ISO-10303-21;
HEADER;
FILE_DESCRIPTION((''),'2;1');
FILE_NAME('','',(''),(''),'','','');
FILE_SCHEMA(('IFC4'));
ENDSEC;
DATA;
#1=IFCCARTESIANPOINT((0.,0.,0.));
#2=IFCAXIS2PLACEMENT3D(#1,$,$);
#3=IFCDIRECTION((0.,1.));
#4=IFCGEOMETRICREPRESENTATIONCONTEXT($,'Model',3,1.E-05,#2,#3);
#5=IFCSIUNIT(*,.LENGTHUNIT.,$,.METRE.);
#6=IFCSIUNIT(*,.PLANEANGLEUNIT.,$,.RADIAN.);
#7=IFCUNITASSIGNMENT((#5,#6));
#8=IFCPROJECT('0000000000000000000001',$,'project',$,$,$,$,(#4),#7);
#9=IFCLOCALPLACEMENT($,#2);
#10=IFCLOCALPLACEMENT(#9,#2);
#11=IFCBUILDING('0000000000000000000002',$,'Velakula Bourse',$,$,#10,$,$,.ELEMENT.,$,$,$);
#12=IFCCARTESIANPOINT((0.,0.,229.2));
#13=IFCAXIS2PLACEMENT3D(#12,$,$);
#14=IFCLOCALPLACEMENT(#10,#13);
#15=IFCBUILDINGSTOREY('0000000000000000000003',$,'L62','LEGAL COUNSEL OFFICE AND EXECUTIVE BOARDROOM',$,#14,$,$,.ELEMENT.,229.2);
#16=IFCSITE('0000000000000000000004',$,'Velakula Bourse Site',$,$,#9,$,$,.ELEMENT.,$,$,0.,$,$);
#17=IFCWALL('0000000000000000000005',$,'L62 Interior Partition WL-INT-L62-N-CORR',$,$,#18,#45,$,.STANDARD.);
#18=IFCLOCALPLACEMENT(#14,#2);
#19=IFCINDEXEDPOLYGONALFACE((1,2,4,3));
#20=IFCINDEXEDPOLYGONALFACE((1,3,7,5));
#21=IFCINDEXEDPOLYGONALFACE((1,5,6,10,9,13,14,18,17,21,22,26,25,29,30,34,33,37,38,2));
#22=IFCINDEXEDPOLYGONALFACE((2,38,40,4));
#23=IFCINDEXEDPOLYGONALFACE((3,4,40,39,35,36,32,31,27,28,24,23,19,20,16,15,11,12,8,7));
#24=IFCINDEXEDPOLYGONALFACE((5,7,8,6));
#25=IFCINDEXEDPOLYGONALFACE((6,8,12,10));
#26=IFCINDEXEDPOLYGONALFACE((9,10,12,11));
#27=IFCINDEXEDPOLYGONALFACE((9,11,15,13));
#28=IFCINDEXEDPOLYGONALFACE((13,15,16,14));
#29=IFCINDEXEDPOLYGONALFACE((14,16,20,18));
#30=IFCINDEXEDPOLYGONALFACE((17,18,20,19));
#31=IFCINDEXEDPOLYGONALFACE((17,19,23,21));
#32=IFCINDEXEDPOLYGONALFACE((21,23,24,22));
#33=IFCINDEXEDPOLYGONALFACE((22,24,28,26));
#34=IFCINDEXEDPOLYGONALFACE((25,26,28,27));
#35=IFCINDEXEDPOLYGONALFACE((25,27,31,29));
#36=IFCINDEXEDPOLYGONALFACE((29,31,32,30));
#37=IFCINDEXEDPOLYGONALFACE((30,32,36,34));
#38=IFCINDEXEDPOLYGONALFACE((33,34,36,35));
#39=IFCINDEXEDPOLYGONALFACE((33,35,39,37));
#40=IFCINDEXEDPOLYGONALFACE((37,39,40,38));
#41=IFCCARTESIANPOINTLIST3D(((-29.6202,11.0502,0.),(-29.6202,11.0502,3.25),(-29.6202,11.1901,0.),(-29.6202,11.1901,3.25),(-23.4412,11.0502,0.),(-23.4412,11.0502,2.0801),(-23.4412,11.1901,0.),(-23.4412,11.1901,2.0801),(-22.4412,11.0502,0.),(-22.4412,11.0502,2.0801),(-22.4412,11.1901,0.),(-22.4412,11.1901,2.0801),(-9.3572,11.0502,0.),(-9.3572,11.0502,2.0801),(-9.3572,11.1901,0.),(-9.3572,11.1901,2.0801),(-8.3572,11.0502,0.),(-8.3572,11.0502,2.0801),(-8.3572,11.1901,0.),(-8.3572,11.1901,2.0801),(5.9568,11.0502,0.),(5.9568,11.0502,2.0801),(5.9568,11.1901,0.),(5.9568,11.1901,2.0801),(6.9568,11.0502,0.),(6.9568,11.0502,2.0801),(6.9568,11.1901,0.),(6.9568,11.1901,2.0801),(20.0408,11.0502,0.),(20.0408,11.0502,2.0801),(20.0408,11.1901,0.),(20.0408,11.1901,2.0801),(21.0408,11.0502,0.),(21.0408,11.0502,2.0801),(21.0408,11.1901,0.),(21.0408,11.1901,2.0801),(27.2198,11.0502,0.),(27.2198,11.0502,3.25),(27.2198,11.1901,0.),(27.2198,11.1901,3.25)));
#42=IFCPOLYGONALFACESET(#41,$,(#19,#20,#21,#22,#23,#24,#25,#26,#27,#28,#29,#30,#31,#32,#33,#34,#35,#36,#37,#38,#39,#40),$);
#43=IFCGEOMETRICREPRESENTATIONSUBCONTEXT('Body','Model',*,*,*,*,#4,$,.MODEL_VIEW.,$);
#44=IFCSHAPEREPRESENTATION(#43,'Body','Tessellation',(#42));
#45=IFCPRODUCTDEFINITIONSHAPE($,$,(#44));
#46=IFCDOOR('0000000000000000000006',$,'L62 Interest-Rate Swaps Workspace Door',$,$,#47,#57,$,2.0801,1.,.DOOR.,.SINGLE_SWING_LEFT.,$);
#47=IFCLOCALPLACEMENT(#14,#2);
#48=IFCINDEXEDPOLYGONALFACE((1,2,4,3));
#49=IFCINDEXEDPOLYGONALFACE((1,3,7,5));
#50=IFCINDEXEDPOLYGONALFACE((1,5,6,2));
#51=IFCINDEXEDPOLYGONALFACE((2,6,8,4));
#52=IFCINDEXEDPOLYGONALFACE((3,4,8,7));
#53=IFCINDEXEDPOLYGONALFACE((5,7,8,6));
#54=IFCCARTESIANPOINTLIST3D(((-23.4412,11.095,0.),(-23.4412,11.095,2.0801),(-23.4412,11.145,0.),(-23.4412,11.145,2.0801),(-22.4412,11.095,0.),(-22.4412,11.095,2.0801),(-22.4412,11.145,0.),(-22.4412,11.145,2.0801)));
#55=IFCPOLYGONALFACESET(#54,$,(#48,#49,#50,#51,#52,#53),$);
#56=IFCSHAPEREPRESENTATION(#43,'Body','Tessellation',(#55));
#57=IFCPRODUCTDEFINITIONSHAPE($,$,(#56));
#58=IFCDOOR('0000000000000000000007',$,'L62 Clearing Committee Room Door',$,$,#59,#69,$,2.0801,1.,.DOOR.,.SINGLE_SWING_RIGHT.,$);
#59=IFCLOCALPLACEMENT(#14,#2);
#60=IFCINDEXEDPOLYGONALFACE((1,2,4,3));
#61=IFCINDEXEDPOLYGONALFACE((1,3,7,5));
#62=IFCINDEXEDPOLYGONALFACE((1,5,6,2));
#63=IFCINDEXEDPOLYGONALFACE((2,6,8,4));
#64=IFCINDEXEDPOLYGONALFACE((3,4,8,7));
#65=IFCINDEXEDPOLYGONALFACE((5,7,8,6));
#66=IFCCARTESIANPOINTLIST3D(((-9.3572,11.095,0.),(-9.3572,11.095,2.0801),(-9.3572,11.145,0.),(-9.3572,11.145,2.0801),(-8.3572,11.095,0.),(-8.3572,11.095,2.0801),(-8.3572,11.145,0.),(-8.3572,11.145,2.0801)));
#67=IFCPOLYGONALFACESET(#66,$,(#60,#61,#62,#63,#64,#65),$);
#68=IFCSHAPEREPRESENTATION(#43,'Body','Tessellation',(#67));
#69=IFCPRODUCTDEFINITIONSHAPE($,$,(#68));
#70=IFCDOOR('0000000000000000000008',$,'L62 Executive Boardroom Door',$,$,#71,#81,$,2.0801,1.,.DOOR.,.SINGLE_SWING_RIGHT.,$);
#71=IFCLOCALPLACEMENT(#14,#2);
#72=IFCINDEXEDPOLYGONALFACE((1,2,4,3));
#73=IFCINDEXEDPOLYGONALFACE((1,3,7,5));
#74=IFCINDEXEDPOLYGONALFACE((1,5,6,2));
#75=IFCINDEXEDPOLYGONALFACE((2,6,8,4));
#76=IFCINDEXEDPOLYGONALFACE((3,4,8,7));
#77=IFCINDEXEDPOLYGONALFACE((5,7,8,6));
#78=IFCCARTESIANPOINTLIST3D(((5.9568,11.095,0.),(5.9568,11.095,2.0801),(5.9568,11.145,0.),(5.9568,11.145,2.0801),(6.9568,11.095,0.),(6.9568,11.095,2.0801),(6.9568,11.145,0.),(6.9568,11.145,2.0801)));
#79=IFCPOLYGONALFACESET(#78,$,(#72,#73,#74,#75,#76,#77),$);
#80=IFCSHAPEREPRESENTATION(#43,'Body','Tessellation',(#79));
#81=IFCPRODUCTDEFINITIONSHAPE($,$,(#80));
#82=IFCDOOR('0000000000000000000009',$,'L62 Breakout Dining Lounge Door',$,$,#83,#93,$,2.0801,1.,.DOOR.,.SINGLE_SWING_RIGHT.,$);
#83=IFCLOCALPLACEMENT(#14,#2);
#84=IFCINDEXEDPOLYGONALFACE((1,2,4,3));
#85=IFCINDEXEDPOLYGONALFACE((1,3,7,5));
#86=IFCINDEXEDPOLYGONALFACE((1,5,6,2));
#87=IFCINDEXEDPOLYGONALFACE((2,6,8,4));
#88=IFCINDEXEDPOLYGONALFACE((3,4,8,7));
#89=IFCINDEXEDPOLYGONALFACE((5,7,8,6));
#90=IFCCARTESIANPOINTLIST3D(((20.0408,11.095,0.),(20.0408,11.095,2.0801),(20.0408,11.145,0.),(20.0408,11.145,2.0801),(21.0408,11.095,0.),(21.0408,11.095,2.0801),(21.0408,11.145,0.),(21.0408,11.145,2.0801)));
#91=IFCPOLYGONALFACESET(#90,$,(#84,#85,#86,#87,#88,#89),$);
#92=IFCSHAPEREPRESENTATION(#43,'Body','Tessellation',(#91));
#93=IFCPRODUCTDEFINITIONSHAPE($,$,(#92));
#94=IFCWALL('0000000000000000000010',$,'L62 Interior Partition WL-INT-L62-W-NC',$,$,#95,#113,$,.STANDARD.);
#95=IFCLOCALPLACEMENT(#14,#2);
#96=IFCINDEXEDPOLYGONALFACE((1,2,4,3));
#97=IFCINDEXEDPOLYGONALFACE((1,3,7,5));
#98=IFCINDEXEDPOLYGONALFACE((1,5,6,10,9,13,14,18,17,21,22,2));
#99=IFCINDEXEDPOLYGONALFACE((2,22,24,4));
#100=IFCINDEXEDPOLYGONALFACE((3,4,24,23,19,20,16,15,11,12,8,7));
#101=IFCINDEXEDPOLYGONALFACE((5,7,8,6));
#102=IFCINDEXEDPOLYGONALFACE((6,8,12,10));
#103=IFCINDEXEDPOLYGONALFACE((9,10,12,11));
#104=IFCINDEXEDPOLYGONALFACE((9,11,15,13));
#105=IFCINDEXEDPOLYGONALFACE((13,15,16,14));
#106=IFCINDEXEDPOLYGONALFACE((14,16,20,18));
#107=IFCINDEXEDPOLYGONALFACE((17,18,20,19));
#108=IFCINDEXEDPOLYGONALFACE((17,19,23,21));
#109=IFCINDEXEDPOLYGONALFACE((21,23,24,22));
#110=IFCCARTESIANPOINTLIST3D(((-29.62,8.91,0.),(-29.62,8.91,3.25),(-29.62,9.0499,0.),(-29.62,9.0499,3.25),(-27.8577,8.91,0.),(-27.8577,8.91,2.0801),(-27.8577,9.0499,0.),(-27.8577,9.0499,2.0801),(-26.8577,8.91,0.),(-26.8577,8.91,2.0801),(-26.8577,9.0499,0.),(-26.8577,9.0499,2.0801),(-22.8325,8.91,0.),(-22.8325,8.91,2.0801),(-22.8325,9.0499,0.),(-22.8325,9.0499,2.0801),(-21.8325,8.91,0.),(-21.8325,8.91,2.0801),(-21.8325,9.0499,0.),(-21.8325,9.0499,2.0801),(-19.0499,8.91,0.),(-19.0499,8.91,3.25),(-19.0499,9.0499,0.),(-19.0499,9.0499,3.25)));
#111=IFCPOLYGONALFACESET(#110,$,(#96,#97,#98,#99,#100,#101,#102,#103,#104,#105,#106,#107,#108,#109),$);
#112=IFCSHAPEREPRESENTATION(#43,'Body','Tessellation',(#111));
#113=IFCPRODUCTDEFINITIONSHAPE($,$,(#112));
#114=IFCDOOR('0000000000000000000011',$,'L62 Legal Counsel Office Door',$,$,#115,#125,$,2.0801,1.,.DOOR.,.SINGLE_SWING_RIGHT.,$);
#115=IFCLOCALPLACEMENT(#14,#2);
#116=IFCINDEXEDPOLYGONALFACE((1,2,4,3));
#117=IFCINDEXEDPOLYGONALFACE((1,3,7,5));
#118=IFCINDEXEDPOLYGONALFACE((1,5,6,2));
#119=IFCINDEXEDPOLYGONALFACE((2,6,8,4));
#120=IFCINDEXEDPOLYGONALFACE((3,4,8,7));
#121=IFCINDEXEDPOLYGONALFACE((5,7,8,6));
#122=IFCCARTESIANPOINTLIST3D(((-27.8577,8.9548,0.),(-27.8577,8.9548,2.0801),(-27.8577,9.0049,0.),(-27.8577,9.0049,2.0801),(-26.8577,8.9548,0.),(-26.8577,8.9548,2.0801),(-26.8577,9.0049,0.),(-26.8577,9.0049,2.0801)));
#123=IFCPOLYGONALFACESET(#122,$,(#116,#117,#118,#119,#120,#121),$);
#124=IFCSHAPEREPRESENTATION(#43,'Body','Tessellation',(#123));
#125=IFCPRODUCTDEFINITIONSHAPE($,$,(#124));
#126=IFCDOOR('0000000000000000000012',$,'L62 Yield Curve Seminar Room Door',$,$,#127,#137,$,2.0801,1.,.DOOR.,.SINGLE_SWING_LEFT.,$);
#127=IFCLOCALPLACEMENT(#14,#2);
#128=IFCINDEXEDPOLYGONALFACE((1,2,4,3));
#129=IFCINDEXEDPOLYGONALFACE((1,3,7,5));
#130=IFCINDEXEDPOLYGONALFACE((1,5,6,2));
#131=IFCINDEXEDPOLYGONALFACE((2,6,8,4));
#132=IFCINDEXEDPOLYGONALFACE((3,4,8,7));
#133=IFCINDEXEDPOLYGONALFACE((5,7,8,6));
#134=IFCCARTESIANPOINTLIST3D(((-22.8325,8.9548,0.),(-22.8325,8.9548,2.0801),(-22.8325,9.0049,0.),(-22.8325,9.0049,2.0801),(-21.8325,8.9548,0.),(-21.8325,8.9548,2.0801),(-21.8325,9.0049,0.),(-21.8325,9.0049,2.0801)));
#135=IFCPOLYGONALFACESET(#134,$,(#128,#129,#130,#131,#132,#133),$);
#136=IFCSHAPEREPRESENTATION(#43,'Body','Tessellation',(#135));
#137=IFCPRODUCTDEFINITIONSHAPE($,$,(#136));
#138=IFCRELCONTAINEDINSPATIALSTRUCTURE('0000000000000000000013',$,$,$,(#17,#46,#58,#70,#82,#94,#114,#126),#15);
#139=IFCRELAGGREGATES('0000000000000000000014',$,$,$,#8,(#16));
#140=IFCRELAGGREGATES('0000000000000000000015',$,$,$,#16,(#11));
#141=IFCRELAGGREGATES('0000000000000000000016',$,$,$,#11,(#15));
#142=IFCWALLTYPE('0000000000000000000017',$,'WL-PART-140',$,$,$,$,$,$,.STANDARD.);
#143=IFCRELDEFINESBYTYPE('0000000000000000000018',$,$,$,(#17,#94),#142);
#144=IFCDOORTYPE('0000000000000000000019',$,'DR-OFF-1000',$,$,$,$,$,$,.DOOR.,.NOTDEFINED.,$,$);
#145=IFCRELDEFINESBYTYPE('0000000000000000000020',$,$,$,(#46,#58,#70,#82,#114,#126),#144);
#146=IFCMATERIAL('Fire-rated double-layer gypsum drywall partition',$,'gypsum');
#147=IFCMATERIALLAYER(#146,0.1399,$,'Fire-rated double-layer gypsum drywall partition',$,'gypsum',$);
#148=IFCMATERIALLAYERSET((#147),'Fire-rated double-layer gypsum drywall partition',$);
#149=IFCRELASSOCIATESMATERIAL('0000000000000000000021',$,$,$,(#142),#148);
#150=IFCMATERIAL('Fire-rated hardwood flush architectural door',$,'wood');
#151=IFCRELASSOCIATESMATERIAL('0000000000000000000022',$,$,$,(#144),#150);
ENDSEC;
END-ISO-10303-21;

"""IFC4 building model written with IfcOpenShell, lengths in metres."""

from ifc_helpers import new_model, si_unit, direction, frame, frame_2d, origin, place, context, subcontext, project, spatial, rectangle, extrude, material, layer, layer_set, type_object, element, fill, save


model = new_model("IFC4")

# Units and contexts
model_context = context("Model", 3, precision=1e-05, world=origin(), true_north=direction((0.0, 1.0)))
body_context = subcontext(model_context, "Body", "Model", "MODEL_VIEW")
ifc_project = project(units=[si_unit("LENGTHUNIT", "METRE"), si_unit("PLANEANGLEUNIT", "RADIAN")], contexts=[model_context])

# Site, building, storey
site_placement = place(None, origin())
site = spatial("IfcSite", under=ifc_project, at=site_placement, Name="Velakula Bourse Site", CompositionType="ELEMENT", RefElevation=0.0)
building_placement = place(site_placement, origin())
building = spatial("IfcBuilding", under=site, at=building_placement, Name="Velakula Bourse", CompositionType="ELEMENT")
storey_placement = place(building_placement, frame((0.0, 0.0, 229.2)))
storey = spatial("IfcBuildingStorey", under=building, at=storey_placement, Name="L62", Description="LEGAL COUNSEL OFFICE AND EXECUTIVE BOARDROOM", CompositionType="ELEMENT", Elevation=229.2)

# Shared definitions
ifc_material_1 = material(Name="Fire-rated hardwood flush architectural door", Category="wood")

# Walls, openings, doors
ifc_material_2 = material(Name="Fire-rated double-layer gypsum drywall partition", Category="gypsum")
ifc_layer_1 = layer(ifc_material_2, 0.1399, Name="Fire-rated double-layer gypsum drywall partition", Category="gypsum")
ifc_layer_set_1 = layer_set([ifc_layer_1], Name="Fire-rated double-layer gypsum drywall partition")
wall_type_1 = type_object("IfcWallType", Name="WL-PART-140", PredefinedType="STANDARD", material=ifc_layer_set_1)
wall_1_placement = place(storey_placement, frame((-29.6201, 11.1201, 0.0), z_axis=(0.0, 0.0, 1.0), x_axis=(1.0, 0.0, 0.0)))
wall_1 = element("IfcWall", 1, at=wall_1_placement, inside=storey, type_object=wall_type_1, Name="L62 Interior Partition WL-INT-L62-N-CORR", PredefinedType="STANDARD", context=body_context, shape_type="SweptSolid", body=[
    extrude(rectangle(XDim=56.8401, YDim=0.1399, at=frame_2d((28.4199, 0.0))), origin(), (0.0, 0.0, 1.0), 3.25),
])
opening_1_placement = place(wall_1_placement, frame((6.179, 0.0, 0.0)))
opening_1 = element("IfcOpeningElement", 2, at=opening_1_placement, cuts=wall_1, PredefinedType="OPENING", context=body_context, shape_type="SweptSolid", body=[
    extrude(rectangle(XDim=1.0, YDim=2.0801, at=frame_2d((0.5, 1.04))), frame((0.0, 0.0798, 0.0), z_axis=(0.0, -1.0, 0.0), x_axis=(1.0, 0.0, 0.0)), (0.0, 0.0, 1.0), 0.1599),
])
opening_2_placement = place(wall_1_placement, frame((20.2629, 0.0, 0.0)))
opening_2 = element("IfcOpeningElement", 3, at=opening_2_placement, cuts=wall_1, PredefinedType="OPENING", context=body_context, shape_type="SweptSolid", body=[
    extrude(rectangle(XDim=1.0, YDim=2.0801, at=frame_2d((0.5, 1.04))), frame((0.0, 0.0798, 0.0), z_axis=(0.0, -1.0, 0.0), x_axis=(1.0, 0.0, 0.0)), (0.0, 0.0, 1.0), 0.1599),
])
opening_3_placement = place(wall_1_placement, frame((35.5769, 0.0, 0.0)))
opening_3 = element("IfcOpeningElement", 4, at=opening_3_placement, cuts=wall_1, PredefinedType="OPENING", context=body_context, shape_type="SweptSolid", body=[
    extrude(rectangle(XDim=1.0, YDim=2.0801, at=frame_2d((0.5, 1.04))), frame((0.0, 0.0798, 0.0), z_axis=(0.0, -1.0, 0.0), x_axis=(1.0, 0.0, 0.0)), (0.0, 0.0, 1.0), 0.1599),
])
opening_4_placement = place(wall_1_placement, frame((49.6609, 0.0, 0.0)))
opening_4 = element("IfcOpeningElement", 5, at=opening_4_placement, cuts=wall_1, PredefinedType="OPENING", context=body_context, shape_type="SweptSolid", body=[
    extrude(rectangle(XDim=1.0, YDim=2.0801, at=frame_2d((0.5, 1.04))), frame((0.0, 0.0798, 0.0), z_axis=(0.0, -1.0, 0.0), x_axis=(1.0, 0.0, 0.0)), (0.0, 0.0, 1.0), 0.1599),
])
door_type_1 = type_object("IfcDoorType", Name="DR-OFF-1000", OperationType="NOTDEFINED", PredefinedType="DOOR", material=ifc_material_1)
door_1_placement = place(opening_1_placement, origin())
door_1 = element("IfcDoor", 6, at=door_1_placement, inside=storey, type_object=door_type_1, Name="L62 Interest-Rate Swaps Workspace Door", OperationType="SINGLE_SWING_LEFT", OverallHeight=2.0801, OverallWidth=1.0, PredefinedType="DOOR", context=body_context, shape_type="SweptSolid", body=[
    extrude(rectangle(XDim=1.0, YDim=2.0801, at=frame_2d((0.5, 1.04))), frame((0.0, 0.0249, 0.0), z_axis=(0.0, -1.0, 0.0), x_axis=(1.0, 0.0, 0.0)), (0.0, 0.0, 1.0), 0.05),
])
fill(opening_1, door_1)
door_2_placement = place(opening_2_placement, origin())
door_2 = element("IfcDoor", 7, at=door_2_placement, inside=storey, type_object=door_type_1, Name="L62 Clearing Committee Room Door", OperationType="SINGLE_SWING_RIGHT", OverallHeight=2.0801, OverallWidth=1.0, PredefinedType="DOOR", context=body_context, shape_type="SweptSolid", body=[
    extrude(rectangle(XDim=1.0, YDim=2.0801, at=frame_2d((0.5, 1.04))), frame((0.0, 0.0249, 0.0), z_axis=(0.0, -1.0, 0.0), x_axis=(1.0, 0.0, 0.0)), (0.0, 0.0, 1.0), 0.05),
])
fill(opening_2, door_2)
door_3_placement = place(opening_3_placement, origin())
door_3 = element("IfcDoor", 8, at=door_3_placement, inside=storey, type_object=door_type_1, Name="L62 Executive Boardroom Door", OperationType="SINGLE_SWING_RIGHT", OverallHeight=2.0801, OverallWidth=1.0, PredefinedType="DOOR", context=body_context, shape_type="SweptSolid", body=[
    extrude(rectangle(XDim=1.0, YDim=2.0801, at=frame_2d((0.5, 1.04))), frame((0.0, 0.0249, 0.0), z_axis=(0.0, -1.0, 0.0), x_axis=(1.0, 0.0, 0.0)), (0.0, 0.0, 1.0), 0.05),
])
fill(opening_3, door_3)
door_4_placement = place(opening_4_placement, origin())
door_4 = element("IfcDoor", 9, at=door_4_placement, inside=storey, type_object=door_type_1, Name="L62 Breakout Dining Lounge Door", OperationType="SINGLE_SWING_RIGHT", OverallHeight=2.0801, OverallWidth=1.0, PredefinedType="DOOR", context=body_context, shape_type="SweptSolid", body=[
    extrude(rectangle(XDim=1.0, YDim=2.0801, at=frame_2d((0.5, 1.04))), frame((0.0, 0.0249, 0.0), z_axis=(0.0, -1.0, 0.0), x_axis=(1.0, 0.0, 0.0)), (0.0, 0.0, 1.0), 0.05),
])
fill(opening_4, door_4)
wall_2_placement = place(storey_placement, frame((-29.6201, 8.98, 0.0), z_axis=(0.0, 0.0, 1.0), x_axis=(1.0, 0.0, 0.0)))
wall_2 = element("IfcWall", 10, at=wall_2_placement, inside=storey, type_object=wall_type_1, Name="L62 Interior Partition WL-INT-L62-W-NC", PredefinedType="STANDARD", context=body_context, shape_type="SweptSolid", body=[
    extrude(rectangle(XDim=10.5701, YDim=0.1399, at=frame_2d((5.2852, 0.0))), origin(), (0.0, 0.0, 1.0), 3.25),
])
opening_5_placement = place(wall_2_placement, frame((1.7625, 0.0, 0.0)))
opening_5 = element("IfcOpeningElement", 11, at=opening_5_placement, cuts=wall_2, PredefinedType="OPENING", context=body_context, shape_type="SweptSolid", body=[
    extrude(rectangle(XDim=1.0, YDim=2.0801, at=frame_2d((0.5, 1.04))), frame((0.0, 0.0798, 0.0), z_axis=(0.0, -1.0, 0.0), x_axis=(1.0, 0.0, 0.0)), (0.0, 0.0, 1.0), 0.1599),
])
opening_6_placement = place(wall_2_placement, frame((6.7876, 0.0, 0.0)))
opening_6 = element("IfcOpeningElement", 12, at=opening_6_placement, cuts=wall_2, PredefinedType="OPENING", context=body_context, shape_type="SweptSolid", body=[
    extrude(rectangle(XDim=1.0, YDim=2.0801, at=frame_2d((0.5, 1.04))), frame((0.0, 0.0798, 0.0), z_axis=(0.0, -1.0, 0.0), x_axis=(1.0, 0.0, 0.0)), (0.0, 0.0, 1.0), 0.1599),
])
door_5_placement = place(opening_5_placement, origin())
door_5 = element("IfcDoor", 13, at=door_5_placement, inside=storey, type_object=door_type_1, Name="L62 Legal Counsel Office Door", OperationType="SINGLE_SWING_RIGHT", OverallHeight=2.0801, OverallWidth=1.0, PredefinedType="DOOR", context=body_context, shape_type="SweptSolid", body=[
    extrude(rectangle(XDim=1.0, YDim=2.0801, at=frame_2d((0.5, 1.04))), frame((0.0, 0.0249, 0.0), z_axis=(0.0, -1.0, 0.0), x_axis=(1.0, 0.0, 0.0)), (0.0, 0.0, 1.0), 0.05),
])
fill(opening_5, door_5)
door_6_placement = place(opening_6_placement, origin())
door_6 = element("IfcDoor", 14, at=door_6_placement, inside=storey, type_object=door_type_1, Name="L62 Yield Curve Seminar Room Door", OperationType="SINGLE_SWING_LEFT", OverallHeight=2.0801, OverallWidth=1.0, PredefinedType="DOOR", context=body_context, shape_type="SweptSolid", body=[
    extrude(rectangle(XDim=1.0, YDim=2.0801, at=frame_2d((0.5, 1.04))), frame((0.0, 0.0249, 0.0), z_axis=(0.0, -1.0, 0.0), x_axis=(1.0, 0.0, 0.0)), (0.0, 0.0, 1.0), 0.05),
])
fill(opening_6, door_6)

save(model, "model.ifc")
